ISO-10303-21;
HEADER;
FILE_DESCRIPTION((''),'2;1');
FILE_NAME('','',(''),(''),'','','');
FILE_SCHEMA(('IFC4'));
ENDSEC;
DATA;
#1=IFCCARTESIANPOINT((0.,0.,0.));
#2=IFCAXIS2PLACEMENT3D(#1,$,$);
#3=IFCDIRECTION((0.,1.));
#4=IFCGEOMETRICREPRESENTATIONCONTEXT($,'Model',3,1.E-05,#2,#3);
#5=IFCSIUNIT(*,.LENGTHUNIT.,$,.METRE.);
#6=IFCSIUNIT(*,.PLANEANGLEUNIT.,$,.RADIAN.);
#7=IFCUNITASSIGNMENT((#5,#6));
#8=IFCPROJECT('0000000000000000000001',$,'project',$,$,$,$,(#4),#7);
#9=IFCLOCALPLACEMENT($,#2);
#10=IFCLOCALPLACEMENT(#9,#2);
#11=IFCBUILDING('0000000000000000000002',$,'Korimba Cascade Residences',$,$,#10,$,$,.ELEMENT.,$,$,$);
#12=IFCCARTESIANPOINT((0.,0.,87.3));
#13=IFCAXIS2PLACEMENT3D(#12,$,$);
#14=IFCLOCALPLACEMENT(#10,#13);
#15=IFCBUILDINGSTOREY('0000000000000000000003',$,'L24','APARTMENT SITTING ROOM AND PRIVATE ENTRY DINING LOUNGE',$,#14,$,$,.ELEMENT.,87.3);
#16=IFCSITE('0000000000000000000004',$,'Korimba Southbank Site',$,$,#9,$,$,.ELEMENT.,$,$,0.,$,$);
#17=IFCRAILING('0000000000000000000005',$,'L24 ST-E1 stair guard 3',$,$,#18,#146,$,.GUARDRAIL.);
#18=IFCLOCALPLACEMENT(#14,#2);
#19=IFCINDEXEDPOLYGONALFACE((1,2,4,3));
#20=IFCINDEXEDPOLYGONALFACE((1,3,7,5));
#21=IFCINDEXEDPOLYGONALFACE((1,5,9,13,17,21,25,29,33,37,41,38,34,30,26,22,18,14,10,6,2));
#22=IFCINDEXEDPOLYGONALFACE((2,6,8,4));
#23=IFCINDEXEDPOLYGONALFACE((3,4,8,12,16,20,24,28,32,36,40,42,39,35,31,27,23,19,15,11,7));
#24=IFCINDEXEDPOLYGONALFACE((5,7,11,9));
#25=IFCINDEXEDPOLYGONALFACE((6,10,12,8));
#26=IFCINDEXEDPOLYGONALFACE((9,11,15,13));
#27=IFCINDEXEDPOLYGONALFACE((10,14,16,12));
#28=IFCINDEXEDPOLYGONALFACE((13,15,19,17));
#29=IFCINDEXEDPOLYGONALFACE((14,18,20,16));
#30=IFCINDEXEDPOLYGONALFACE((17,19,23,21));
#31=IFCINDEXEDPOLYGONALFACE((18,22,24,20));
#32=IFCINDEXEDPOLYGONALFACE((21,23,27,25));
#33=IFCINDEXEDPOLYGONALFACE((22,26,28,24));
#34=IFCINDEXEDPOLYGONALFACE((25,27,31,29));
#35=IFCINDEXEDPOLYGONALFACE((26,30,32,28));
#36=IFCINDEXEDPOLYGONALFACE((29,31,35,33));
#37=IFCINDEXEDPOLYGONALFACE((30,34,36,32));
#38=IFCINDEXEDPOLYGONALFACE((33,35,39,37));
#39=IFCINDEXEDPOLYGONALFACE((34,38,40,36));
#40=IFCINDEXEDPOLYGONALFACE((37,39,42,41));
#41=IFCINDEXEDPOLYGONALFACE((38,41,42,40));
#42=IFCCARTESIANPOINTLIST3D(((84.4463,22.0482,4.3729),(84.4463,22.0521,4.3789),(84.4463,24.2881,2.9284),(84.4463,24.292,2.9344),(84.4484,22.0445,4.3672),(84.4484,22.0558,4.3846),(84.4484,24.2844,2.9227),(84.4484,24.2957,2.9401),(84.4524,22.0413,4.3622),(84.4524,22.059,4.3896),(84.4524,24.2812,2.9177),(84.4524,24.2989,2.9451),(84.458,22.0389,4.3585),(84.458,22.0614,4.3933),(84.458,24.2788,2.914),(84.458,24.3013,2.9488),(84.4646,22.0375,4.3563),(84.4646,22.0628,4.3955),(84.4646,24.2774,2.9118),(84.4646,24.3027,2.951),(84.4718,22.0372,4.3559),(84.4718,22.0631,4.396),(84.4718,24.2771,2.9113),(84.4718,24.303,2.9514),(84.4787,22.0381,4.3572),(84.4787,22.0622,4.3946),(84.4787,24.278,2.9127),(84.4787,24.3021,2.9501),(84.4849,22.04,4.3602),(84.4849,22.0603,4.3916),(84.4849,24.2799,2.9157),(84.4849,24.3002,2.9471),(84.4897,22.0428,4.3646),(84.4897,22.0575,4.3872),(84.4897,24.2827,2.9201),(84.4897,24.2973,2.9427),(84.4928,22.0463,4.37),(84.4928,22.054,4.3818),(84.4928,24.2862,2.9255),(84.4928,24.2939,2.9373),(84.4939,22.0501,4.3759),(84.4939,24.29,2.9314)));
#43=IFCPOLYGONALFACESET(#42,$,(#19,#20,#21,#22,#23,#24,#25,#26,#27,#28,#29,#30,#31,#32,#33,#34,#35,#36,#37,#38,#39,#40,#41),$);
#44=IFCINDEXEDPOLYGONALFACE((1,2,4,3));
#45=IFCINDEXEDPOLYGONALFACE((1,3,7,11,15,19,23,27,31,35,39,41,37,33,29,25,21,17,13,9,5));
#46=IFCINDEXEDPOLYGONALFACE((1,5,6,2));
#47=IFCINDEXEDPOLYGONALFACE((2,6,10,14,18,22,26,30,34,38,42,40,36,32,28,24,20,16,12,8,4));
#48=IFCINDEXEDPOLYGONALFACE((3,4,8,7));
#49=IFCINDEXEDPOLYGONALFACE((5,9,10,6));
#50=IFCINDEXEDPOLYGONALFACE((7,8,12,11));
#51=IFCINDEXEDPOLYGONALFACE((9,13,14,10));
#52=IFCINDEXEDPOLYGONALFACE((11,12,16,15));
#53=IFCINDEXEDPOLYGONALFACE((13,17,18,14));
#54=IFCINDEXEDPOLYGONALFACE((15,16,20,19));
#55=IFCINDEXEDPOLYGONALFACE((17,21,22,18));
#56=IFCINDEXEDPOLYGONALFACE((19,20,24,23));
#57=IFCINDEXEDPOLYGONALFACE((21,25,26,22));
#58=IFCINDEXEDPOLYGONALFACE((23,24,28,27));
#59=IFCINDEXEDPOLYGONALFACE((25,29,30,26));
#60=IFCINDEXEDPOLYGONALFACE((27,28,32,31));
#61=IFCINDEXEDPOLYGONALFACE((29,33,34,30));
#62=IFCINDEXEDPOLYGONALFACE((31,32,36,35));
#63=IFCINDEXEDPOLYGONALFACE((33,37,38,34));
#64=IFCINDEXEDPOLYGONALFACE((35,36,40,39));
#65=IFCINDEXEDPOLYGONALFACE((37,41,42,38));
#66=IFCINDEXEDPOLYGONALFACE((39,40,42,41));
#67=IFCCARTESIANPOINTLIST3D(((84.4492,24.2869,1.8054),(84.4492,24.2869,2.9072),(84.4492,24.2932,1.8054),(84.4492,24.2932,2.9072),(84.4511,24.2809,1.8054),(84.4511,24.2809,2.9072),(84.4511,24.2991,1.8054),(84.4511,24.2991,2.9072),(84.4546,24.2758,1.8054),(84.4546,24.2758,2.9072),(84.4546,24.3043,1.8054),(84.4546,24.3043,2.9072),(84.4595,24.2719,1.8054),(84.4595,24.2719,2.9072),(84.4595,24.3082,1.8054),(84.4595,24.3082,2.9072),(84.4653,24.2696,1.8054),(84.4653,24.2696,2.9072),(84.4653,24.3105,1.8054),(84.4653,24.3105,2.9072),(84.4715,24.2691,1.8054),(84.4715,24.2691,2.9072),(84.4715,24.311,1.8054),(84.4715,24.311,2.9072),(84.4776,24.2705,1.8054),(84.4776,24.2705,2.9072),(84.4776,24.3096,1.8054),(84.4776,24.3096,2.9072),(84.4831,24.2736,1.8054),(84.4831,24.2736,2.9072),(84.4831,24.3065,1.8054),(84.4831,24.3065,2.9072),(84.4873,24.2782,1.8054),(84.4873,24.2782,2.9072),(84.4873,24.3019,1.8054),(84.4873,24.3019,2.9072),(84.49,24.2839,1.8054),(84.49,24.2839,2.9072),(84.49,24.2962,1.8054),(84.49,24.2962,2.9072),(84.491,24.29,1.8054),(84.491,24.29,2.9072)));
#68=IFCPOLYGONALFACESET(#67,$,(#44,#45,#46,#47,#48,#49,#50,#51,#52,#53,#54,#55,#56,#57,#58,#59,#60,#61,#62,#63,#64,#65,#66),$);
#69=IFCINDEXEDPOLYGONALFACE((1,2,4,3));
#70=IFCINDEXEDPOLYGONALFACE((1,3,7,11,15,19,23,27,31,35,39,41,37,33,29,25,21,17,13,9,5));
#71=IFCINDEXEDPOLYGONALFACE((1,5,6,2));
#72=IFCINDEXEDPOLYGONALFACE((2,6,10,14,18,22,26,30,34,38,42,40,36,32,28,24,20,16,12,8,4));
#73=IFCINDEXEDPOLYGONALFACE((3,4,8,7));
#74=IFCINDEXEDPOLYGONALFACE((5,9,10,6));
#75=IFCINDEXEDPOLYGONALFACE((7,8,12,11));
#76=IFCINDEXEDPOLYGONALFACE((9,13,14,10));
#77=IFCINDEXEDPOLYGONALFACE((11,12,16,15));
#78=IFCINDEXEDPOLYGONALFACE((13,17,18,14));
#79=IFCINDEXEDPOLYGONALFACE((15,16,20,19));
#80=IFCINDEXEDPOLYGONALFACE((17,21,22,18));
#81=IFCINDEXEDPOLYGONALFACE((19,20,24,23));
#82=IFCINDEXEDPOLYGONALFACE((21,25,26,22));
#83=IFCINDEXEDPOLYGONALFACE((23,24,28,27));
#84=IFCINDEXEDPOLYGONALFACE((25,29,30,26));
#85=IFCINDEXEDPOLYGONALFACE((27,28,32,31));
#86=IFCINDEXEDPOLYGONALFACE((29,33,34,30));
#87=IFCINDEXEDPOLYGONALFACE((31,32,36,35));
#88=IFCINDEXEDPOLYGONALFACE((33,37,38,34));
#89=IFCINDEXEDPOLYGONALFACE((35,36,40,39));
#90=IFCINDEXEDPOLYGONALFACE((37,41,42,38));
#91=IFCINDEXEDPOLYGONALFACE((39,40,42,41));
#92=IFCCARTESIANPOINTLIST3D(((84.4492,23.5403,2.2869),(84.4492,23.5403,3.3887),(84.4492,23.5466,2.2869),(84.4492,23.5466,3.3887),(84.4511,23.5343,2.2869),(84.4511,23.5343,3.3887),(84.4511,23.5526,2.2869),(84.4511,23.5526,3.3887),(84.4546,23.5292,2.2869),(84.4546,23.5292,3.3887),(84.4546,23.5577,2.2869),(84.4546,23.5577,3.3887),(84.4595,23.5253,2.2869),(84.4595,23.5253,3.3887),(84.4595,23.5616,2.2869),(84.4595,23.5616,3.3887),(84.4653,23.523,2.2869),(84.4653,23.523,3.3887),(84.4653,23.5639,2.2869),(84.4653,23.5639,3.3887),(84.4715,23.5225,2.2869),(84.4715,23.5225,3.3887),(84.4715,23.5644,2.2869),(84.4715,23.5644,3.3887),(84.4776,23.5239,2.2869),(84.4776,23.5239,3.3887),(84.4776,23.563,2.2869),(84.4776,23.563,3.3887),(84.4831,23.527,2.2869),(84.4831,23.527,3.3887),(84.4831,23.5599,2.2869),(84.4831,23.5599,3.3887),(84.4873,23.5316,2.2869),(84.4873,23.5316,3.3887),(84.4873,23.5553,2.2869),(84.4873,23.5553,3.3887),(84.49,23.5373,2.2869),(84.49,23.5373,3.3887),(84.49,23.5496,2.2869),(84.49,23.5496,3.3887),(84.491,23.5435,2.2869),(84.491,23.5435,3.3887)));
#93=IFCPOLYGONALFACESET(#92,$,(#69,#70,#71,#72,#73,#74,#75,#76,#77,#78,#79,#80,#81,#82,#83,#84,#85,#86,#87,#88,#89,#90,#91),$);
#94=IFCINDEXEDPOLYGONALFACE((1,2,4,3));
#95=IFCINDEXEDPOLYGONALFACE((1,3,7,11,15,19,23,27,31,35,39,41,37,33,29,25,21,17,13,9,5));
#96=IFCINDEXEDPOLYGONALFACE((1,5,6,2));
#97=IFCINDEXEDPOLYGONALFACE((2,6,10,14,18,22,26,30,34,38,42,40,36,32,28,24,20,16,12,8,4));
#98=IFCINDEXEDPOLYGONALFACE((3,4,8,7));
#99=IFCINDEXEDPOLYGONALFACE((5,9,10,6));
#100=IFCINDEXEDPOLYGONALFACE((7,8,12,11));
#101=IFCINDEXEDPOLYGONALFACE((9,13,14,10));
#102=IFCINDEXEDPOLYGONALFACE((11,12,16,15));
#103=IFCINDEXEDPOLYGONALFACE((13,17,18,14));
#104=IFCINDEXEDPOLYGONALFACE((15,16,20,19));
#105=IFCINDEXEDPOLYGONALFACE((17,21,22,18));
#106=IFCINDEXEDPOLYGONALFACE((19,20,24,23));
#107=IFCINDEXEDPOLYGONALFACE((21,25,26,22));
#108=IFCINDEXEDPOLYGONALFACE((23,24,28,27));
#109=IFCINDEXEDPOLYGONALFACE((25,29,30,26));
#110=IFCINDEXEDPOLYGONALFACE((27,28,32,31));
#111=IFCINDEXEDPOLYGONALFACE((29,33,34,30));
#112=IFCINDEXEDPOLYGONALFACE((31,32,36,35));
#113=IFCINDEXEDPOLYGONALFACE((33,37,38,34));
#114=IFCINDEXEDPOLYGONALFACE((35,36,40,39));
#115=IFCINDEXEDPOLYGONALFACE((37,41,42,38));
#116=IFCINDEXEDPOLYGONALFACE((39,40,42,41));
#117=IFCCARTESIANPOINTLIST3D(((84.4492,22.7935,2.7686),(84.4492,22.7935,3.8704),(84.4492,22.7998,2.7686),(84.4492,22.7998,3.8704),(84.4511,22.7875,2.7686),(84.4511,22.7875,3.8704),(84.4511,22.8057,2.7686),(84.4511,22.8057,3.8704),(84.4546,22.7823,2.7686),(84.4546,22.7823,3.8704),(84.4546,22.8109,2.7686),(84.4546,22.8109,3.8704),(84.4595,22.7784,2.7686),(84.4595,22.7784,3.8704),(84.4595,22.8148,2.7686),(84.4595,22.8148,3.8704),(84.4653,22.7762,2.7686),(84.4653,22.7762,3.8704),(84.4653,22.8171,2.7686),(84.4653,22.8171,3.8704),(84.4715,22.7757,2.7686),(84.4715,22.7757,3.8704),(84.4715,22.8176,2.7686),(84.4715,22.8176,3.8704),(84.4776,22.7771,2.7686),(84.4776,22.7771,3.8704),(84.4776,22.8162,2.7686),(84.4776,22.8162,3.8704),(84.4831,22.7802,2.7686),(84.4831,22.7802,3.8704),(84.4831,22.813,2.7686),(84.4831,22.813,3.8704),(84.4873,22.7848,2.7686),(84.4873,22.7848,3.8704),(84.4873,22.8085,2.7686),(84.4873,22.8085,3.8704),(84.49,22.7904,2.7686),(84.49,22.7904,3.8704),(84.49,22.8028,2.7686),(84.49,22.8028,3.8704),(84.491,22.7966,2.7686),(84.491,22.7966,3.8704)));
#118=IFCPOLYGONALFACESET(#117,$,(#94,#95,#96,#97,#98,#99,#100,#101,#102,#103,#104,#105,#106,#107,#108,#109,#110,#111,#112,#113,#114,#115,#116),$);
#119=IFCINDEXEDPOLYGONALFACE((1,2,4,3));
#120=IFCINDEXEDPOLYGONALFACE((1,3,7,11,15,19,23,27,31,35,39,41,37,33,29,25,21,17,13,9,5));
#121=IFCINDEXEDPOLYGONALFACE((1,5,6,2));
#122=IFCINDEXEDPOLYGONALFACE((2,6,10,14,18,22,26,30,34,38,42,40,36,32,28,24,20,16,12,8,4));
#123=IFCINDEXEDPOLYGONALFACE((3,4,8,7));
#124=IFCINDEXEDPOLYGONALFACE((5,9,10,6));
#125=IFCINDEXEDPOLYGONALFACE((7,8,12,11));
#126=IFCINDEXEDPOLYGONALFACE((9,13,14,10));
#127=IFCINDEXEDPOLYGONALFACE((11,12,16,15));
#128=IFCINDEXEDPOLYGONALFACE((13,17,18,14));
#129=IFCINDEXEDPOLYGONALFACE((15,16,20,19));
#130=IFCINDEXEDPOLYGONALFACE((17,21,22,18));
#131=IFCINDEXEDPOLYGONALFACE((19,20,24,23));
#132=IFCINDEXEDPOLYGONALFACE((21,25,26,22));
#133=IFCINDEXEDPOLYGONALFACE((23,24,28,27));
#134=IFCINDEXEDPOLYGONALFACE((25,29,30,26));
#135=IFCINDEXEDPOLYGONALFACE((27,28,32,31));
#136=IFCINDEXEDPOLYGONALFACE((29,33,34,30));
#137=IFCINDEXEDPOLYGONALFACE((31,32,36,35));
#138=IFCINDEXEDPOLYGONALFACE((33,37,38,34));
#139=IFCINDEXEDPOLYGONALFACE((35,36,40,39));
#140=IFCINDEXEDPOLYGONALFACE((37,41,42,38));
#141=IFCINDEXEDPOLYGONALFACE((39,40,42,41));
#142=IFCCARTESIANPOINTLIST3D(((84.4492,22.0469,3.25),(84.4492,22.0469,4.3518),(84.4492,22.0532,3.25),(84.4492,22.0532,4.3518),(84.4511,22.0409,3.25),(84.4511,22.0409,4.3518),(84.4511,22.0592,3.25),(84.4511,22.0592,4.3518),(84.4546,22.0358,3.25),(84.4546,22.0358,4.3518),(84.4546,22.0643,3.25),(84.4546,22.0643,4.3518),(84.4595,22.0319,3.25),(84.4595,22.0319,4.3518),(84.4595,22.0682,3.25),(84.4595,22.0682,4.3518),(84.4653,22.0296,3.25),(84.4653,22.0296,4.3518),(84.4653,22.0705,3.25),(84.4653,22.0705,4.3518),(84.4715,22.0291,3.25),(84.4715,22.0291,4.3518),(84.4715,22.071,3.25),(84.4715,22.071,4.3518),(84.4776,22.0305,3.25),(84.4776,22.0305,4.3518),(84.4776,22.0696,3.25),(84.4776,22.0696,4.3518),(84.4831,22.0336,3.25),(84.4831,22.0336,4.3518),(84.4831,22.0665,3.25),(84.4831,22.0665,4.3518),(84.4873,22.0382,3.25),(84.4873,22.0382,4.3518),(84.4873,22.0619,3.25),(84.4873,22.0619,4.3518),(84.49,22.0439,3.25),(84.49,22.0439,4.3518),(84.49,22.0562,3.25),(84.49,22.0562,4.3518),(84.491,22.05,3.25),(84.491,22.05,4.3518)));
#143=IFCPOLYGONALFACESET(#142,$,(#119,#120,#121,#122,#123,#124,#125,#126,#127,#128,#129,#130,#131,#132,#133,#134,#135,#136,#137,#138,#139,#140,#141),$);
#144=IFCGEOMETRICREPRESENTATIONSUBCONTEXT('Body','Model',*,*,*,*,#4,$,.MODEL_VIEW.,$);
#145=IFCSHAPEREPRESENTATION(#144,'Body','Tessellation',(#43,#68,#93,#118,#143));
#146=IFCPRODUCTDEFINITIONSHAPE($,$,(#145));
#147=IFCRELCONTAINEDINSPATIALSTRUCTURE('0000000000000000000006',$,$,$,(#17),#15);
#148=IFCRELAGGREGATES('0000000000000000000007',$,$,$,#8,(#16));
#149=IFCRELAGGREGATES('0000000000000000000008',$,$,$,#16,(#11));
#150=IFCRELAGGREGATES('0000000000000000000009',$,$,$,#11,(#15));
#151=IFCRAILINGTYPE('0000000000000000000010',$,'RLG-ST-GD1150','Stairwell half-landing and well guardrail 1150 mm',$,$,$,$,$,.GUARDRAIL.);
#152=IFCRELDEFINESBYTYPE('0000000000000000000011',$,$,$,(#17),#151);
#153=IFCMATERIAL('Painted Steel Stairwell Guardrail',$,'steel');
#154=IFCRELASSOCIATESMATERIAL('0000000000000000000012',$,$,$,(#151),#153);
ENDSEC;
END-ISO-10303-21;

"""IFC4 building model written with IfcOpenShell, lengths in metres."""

from ifc_helpers import new_model, si_unit, direction, frame, origin, origin_2d, place, context, subcontext, project, spatial, circle, extrude, material, type_object, element, save


model = new_model("IFC4")

# Units and contexts
model_context = context("Model", 3, precision=1e-05, world=origin(), true_north=direction((0.0, 1.0)))
body_context = subcontext(model_context, "Body", "Model", "MODEL_VIEW")
ifc_project = project(units=[si_unit("LENGTHUNIT", "METRE"), si_unit("PLANEANGLEUNIT", "RADIAN")], contexts=[model_context])

# Site, building, storey
site_placement = place(None, origin())
site = spatial("IfcSite", under=ifc_project, at=site_placement, Name="Korimba Southbank Site", CompositionType="ELEMENT", RefElevation=0.0)
building_placement = place(site_placement, origin())
building = spatial("IfcBuilding", under=site, at=building_placement, Name="Korimba Cascade Residences", CompositionType="ELEMENT")
storey_placement = place(building_placement, frame((0.0, 0.0, 87.3)))
storey = spatial("IfcBuildingStorey", under=building, at=storey_placement, Name="L24", Description="APARTMENT SITTING ROOM AND PRIVATE ENTRY DINING LOUNGE", CompositionType="ELEMENT", Elevation=87.3)

# Railing
ifc_material_1 = material(Name="Painted Steel Stairwell Guardrail", Category="steel")
railing_type_1 = type_object("IfcRailingType", Name="RLG-ST-GD1150", Description="Stairwell half-landing and well guardrail 1150 mm", PredefinedType="GUARDRAIL", material=ifc_material_1)
railing_1_placement = place(storey_placement, frame((84.47, 24.29, 1.8054)))
element("IfcRailing", 1, at=railing_1_placement, inside=storey, type_object=railing_type_1, Name="L24 ST-E1 stair guard 3", PredefinedType="GUARDRAIL", context=body_context, shape_type="SweptSolid", body=[
    extrude(circle(Radius=0.0239, at=origin_2d()), frame((0.0, 0.0, 1.126), z_axis=(0.0, -0.840395, 0.541975), x_axis=(1.0, 0.0, 0.0)), (0.0, 0.0, 1.0), 2.6653),
    extrude(circle(Radius=0.021, at=origin_2d()), origin(), (0.0, 0.0, 1.0), 1.1018),
    extrude(circle(Radius=0.021, at=origin_2d()), frame((0.0, -0.7466, 0.4814)), (0.0, 0.0, 1.0), 1.1018),
    extrude(circle(Radius=0.021, at=origin_2d()), frame((0.0, -1.4934, 0.9631)), (0.0, 0.0, 1.0), 1.1018),
    extrude(circle(Radius=0.021, at=origin_2d()), frame((0.0, -2.24, 1.4446)), (0.0, 0.0, 1.0), 1.1018),
])

save(model, "model.ifc")
